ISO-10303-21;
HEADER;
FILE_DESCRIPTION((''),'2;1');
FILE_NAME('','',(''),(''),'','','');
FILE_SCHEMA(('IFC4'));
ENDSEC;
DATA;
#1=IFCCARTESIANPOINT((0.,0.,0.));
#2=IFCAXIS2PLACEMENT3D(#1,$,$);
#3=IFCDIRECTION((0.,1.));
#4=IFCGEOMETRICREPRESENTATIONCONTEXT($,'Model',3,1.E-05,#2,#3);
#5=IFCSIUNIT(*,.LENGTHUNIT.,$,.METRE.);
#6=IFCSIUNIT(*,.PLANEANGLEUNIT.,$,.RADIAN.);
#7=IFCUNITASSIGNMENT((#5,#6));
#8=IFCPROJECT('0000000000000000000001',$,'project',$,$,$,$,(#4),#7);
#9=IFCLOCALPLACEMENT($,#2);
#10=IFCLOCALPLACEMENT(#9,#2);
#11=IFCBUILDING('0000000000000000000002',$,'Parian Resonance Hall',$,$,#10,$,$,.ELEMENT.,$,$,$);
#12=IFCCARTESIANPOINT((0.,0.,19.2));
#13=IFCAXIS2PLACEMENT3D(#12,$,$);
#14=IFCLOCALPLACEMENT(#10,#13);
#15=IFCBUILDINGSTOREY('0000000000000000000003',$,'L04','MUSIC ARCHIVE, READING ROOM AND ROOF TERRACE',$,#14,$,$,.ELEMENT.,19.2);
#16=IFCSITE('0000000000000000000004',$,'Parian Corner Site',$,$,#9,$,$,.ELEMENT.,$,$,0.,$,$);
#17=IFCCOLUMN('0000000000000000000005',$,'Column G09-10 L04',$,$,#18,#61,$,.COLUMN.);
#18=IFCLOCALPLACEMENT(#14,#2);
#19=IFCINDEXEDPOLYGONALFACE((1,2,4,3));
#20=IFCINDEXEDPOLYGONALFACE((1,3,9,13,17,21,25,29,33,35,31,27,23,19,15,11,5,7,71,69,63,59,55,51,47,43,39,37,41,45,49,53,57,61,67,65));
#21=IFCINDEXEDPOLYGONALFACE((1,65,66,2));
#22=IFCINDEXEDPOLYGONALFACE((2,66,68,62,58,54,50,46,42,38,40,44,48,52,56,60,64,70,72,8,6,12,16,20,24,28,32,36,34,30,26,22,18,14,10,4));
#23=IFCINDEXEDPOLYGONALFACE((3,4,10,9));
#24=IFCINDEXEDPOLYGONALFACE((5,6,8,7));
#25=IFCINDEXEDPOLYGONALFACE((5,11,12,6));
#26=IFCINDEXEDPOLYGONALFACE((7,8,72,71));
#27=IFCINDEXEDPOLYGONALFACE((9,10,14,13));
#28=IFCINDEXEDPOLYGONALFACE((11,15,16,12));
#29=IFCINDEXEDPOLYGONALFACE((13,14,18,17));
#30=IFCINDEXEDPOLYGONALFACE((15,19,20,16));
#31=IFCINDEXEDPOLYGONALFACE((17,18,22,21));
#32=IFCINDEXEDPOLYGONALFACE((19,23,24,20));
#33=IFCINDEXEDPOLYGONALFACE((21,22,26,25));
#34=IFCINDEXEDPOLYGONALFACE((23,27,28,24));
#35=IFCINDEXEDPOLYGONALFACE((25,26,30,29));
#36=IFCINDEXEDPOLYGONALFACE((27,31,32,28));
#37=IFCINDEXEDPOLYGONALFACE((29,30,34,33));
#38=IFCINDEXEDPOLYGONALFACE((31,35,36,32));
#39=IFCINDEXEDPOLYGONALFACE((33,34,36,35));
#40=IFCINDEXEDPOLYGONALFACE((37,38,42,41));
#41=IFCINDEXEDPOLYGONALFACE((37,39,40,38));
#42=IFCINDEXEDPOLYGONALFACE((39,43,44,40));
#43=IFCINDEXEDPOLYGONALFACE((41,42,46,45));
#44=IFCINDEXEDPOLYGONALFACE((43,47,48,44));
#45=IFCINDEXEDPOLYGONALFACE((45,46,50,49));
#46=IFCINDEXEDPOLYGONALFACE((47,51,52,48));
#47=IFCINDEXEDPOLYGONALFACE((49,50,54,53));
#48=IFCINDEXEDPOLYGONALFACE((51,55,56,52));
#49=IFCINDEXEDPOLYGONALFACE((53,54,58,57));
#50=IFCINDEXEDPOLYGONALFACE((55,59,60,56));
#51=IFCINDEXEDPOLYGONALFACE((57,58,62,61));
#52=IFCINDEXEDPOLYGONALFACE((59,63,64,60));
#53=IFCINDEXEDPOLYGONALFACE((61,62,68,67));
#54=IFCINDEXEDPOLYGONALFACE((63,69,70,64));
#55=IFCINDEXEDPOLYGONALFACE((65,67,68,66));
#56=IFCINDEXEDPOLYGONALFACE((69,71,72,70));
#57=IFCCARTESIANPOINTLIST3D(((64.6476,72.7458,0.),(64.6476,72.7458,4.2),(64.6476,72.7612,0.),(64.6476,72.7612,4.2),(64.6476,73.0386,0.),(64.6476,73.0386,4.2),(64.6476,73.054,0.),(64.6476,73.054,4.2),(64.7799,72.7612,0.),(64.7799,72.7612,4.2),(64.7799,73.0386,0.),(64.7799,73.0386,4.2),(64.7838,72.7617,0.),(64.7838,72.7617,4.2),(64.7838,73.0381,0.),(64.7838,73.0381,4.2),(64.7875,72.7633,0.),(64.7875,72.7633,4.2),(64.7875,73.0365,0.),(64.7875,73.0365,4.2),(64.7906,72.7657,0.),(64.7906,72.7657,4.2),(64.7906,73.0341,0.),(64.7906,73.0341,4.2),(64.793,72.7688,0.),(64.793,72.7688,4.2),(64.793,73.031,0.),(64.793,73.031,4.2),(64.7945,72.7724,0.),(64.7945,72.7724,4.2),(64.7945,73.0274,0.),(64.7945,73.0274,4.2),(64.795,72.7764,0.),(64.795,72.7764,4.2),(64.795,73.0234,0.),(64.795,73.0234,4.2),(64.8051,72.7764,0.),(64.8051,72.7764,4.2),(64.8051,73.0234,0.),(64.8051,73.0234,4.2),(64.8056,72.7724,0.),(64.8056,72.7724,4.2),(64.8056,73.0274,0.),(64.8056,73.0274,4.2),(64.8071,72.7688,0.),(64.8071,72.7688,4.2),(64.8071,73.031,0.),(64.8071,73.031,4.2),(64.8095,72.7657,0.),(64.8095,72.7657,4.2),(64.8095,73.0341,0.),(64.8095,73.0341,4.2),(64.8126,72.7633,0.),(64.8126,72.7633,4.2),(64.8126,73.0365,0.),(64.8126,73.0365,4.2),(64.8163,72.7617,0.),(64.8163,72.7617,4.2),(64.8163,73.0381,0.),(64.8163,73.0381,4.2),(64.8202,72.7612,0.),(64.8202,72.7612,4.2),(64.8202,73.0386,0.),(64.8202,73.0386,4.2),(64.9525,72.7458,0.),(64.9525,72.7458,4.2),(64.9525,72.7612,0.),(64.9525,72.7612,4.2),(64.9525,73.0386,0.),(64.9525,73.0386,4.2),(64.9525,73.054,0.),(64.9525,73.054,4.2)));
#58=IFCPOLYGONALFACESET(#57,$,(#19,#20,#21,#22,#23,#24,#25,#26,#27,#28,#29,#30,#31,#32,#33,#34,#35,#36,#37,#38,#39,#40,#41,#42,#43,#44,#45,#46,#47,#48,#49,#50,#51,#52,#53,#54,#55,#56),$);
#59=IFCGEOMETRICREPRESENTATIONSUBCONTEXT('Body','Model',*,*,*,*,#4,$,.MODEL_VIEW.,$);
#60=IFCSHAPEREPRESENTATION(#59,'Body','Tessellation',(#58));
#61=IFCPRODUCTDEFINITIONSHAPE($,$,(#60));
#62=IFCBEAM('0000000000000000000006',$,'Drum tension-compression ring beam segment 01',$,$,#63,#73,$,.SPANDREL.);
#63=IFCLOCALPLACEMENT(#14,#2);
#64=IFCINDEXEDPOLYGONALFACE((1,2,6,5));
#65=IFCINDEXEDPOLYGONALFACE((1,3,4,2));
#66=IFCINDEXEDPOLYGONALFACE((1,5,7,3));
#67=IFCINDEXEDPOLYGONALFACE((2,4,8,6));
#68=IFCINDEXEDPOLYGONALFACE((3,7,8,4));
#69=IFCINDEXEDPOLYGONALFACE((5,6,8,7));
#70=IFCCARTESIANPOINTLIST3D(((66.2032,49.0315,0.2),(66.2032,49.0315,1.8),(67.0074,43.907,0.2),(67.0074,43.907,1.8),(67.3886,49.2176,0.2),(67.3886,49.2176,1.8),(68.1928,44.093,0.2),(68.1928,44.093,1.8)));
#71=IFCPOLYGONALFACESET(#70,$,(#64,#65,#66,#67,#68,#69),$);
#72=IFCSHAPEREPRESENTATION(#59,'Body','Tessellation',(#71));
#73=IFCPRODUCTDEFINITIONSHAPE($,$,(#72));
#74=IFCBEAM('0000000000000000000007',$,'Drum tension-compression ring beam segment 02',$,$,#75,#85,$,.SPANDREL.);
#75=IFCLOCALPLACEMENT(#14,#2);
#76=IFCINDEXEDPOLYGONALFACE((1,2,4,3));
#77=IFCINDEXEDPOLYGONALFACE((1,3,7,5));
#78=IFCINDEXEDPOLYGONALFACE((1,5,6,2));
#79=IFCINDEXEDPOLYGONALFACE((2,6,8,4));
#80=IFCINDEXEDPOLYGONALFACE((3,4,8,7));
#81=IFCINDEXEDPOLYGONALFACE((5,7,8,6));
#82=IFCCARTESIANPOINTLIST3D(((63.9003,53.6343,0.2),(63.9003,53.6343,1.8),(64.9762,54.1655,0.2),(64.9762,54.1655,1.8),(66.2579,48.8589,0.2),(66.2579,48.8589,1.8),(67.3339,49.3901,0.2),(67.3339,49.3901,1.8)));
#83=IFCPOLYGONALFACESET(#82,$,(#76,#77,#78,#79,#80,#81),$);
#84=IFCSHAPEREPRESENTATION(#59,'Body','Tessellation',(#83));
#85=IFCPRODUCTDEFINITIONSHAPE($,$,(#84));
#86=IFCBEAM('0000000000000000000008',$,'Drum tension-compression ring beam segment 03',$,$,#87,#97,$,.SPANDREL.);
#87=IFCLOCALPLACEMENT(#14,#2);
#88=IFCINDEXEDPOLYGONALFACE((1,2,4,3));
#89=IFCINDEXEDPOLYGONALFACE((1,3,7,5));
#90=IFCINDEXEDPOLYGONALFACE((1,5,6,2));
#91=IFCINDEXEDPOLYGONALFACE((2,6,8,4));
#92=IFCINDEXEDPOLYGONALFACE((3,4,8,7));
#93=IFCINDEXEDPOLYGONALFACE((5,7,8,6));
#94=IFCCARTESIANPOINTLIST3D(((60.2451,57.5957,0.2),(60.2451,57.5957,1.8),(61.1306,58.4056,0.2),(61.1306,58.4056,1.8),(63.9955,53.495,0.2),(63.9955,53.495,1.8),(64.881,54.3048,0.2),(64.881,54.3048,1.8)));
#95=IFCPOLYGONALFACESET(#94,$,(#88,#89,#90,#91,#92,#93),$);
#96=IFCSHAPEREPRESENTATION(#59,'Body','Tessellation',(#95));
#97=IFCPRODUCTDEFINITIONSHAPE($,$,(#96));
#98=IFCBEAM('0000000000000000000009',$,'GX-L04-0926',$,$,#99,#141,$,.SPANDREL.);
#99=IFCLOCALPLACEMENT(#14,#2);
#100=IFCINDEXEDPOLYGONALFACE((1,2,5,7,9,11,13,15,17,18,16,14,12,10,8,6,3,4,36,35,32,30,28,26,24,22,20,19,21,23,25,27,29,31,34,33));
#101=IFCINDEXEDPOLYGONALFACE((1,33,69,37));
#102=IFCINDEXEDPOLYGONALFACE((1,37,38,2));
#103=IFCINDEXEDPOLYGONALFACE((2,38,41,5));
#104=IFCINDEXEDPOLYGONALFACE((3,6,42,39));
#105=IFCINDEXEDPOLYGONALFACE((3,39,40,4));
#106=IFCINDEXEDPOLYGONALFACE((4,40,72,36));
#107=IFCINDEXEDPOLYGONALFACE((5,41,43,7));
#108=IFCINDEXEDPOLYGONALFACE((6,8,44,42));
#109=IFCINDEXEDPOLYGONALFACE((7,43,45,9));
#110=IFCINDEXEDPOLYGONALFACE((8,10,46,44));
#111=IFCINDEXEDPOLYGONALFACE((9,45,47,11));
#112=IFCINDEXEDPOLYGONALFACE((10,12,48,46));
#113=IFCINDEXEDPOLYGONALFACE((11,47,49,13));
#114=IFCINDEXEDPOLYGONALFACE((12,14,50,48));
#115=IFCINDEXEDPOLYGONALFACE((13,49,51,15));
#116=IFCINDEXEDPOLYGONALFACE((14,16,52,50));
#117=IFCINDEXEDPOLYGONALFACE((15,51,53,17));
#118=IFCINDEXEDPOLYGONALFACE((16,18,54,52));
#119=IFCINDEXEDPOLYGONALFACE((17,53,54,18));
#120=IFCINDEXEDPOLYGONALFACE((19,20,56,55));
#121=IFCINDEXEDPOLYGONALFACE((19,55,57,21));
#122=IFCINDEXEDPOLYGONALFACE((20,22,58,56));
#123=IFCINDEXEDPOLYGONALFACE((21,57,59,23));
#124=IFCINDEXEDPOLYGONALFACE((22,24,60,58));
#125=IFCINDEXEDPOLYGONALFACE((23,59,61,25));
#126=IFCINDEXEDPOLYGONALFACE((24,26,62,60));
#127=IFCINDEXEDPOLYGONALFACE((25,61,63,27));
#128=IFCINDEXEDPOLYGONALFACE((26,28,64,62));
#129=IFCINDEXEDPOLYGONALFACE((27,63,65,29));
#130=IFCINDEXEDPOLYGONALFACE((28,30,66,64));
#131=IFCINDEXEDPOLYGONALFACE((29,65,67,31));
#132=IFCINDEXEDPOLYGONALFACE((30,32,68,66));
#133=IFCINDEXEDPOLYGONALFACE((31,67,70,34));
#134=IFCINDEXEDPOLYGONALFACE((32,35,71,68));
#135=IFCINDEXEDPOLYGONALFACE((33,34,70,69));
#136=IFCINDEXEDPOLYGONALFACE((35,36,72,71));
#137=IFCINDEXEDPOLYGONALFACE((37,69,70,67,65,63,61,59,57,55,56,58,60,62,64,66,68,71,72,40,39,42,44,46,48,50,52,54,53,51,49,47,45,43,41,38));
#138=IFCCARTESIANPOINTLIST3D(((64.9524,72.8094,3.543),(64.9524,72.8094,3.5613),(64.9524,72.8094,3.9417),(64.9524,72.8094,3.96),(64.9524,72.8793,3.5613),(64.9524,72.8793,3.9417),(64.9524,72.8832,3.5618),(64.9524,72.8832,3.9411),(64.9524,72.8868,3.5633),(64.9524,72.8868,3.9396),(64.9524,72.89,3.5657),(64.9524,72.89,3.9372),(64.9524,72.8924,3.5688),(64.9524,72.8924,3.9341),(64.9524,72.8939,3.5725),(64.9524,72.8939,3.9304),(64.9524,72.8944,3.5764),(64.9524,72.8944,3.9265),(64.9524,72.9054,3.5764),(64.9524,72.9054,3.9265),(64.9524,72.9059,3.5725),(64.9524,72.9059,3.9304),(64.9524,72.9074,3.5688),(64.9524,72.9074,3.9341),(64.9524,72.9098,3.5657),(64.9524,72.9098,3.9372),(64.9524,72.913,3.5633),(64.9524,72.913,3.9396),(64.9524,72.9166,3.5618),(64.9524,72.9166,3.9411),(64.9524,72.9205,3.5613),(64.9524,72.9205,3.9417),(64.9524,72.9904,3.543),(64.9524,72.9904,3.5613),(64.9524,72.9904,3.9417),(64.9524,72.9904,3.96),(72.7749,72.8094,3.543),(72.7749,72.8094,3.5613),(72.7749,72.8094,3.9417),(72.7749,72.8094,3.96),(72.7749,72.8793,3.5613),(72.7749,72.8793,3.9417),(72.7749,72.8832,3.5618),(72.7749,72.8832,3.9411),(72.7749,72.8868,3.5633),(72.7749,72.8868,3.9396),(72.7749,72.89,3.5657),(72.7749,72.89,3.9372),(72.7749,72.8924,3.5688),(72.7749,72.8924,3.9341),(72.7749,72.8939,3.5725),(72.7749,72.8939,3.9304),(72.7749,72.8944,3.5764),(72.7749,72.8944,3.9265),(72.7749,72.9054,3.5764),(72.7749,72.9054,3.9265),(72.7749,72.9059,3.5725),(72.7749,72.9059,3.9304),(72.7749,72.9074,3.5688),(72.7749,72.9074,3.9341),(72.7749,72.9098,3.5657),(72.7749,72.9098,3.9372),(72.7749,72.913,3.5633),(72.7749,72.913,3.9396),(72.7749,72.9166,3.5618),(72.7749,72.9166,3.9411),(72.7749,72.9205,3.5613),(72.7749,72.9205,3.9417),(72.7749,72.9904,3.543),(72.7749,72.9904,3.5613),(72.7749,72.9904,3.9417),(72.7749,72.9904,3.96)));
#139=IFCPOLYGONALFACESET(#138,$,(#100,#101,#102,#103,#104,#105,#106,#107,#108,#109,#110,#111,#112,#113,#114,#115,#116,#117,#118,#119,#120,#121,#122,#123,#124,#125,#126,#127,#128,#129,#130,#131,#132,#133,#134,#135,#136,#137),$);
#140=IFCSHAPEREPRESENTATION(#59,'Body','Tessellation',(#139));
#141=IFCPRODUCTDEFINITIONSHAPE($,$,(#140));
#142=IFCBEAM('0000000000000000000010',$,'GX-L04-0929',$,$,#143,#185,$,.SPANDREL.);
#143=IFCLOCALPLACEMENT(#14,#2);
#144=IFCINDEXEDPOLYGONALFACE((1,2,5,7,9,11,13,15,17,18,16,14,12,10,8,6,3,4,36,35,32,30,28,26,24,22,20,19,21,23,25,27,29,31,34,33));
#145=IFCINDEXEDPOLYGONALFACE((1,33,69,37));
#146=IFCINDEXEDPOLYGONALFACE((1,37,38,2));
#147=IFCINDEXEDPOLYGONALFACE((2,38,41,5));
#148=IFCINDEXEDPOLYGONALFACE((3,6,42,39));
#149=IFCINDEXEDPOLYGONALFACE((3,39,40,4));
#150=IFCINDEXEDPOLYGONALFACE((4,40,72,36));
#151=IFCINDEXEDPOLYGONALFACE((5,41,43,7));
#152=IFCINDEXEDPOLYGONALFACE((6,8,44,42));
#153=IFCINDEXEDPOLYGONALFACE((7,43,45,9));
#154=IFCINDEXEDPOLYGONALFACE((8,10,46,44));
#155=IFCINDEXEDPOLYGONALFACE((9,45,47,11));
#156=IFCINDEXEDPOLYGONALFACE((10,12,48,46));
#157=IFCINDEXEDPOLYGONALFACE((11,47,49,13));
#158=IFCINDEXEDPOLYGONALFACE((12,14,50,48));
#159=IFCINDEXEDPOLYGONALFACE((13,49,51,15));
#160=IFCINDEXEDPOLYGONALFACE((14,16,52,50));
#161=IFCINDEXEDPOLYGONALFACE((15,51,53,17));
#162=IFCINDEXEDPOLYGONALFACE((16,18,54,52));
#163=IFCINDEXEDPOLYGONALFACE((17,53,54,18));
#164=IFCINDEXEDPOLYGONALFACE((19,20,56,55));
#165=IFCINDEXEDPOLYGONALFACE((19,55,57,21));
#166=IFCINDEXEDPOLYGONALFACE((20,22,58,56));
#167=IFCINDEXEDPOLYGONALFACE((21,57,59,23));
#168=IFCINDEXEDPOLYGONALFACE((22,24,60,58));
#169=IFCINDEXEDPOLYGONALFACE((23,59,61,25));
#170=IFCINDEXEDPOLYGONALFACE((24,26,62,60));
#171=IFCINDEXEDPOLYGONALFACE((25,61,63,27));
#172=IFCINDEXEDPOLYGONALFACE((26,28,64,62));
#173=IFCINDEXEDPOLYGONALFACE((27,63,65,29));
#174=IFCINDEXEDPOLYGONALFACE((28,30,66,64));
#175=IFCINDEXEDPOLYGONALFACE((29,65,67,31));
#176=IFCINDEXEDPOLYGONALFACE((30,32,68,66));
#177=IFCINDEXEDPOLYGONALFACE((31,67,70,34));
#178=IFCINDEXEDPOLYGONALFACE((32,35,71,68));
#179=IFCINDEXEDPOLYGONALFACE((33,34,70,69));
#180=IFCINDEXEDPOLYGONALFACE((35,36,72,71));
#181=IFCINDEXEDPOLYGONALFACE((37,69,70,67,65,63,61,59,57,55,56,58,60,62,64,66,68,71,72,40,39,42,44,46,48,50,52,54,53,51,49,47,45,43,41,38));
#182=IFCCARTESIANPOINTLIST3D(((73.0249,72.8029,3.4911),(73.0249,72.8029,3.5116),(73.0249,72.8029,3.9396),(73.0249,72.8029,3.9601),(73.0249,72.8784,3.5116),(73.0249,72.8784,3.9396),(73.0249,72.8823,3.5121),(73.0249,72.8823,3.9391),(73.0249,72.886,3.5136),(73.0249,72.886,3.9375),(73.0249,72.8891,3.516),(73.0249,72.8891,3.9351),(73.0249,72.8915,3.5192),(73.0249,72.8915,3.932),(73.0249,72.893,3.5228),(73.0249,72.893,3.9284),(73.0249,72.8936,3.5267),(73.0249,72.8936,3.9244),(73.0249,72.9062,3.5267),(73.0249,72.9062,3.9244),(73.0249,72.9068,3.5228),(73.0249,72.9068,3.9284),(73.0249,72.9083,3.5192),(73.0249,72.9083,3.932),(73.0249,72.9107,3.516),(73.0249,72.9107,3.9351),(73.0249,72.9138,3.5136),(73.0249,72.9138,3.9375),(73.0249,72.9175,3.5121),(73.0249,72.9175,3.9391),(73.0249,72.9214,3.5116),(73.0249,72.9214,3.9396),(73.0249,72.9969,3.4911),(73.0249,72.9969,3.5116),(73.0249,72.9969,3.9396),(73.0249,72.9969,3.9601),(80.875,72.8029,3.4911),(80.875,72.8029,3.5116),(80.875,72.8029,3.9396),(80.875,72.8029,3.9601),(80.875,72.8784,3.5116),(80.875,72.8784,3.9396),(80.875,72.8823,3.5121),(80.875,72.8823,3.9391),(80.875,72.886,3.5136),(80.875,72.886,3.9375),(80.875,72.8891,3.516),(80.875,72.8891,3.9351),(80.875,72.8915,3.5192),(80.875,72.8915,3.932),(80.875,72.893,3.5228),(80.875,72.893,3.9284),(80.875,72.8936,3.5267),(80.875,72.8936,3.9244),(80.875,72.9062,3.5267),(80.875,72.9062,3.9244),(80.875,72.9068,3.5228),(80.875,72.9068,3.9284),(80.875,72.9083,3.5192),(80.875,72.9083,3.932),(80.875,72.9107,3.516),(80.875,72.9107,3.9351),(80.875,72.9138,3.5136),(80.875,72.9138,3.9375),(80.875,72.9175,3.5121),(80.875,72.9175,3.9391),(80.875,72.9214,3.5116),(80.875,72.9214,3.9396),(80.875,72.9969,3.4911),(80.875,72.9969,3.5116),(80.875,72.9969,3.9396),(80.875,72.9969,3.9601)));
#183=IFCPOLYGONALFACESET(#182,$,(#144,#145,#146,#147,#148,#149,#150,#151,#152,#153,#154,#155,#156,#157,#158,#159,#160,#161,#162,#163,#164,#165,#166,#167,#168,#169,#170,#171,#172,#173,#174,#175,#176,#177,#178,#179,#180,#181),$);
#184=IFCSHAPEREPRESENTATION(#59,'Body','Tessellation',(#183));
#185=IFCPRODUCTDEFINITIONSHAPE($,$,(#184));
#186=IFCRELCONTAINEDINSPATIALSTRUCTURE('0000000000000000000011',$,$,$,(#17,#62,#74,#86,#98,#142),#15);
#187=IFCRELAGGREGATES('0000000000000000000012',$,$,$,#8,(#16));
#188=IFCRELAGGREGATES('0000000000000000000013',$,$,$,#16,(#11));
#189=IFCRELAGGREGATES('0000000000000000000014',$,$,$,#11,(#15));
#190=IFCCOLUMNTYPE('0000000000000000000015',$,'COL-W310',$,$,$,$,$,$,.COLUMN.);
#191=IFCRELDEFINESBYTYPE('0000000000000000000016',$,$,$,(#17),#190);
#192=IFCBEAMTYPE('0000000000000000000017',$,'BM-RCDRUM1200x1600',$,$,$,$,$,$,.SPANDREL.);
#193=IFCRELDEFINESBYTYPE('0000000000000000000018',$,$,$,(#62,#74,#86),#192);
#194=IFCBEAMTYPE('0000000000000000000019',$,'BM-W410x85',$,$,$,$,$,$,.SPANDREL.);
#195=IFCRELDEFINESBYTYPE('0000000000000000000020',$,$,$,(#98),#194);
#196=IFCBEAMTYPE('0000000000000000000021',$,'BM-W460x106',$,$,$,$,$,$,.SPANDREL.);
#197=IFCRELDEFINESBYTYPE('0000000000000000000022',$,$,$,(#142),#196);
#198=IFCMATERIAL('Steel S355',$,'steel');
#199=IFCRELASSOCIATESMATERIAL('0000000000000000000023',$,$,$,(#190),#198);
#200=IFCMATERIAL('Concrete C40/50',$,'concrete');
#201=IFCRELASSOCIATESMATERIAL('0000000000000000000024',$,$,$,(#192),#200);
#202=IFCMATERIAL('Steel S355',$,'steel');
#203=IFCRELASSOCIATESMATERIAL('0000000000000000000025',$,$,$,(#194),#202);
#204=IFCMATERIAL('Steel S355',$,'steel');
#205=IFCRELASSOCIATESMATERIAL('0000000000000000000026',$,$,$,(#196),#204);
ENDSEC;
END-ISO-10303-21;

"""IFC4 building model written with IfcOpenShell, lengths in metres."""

from ifc_helpers import new_model, si_unit, direction, frame, origin, origin_2d, place, context, subcontext, project, spatial, rectangle, i_section, extrude, material, material_profile, profile_set, type_object, element, save


model = new_model("IFC4")

# Units and contexts
model_context = context("Model", 3, precision=1e-05, world=origin(), true_north=direction((0.0, 1.0)))
body_context = subcontext(model_context, "Body", "Model", "MODEL_VIEW")
ifc_project = project(units=[si_unit("LENGTHUNIT", "METRE"), si_unit("PLANEANGLEUNIT", "RADIAN")], contexts=[model_context])

# Site, building, storey
site_placement = place(None, origin())
site = spatial("IfcSite", under=ifc_project, at=site_placement, Name="Parian Corner Site", CompositionType="ELEMENT", RefElevation=0.0)
building_placement = place(site_placement, origin())
building = spatial("IfcBuilding", under=site, at=building_placement, Name="Parian Resonance Hall", CompositionType="ELEMENT")
storey_placement = place(building_placement, frame((0.0, 0.0, 19.2)))
storey = spatial("IfcBuildingStorey", under=building, at=storey_placement, Name="L04", Description="MUSIC ARCHIVE, READING ROOM AND ROOF TERRACE", CompositionType="ELEMENT", Elevation=19.2)

# Column
ifc_material_1 = material(Name="Steel S355", Category="steel")
ifc_material_profile_1 = material_profile(ifc_material_1, i_section(OverallWidth=0.3049, OverallDepth=0.3081, WebThickness=0.01, FlangeThickness=0.0154, FilletRadius=0.0151, at=origin_2d()), Name="W310x97")
ifc_profile_set_1 = profile_set([ifc_material_profile_1], Name="Steel S355")
column_type_1 = type_object("IfcColumnType", Name="COL-W310", PredefinedType="COLUMN", material=ifc_profile_set_1)
column_1_placement = place(storey_placement, frame((64.8, 72.8999, 0.0), z_axis=(0.0, 0.0, 1.0), x_axis=(1.0, 0.0, 0.0)))
element("IfcColumn", 1, at=column_1_placement, inside=storey, type_object=column_type_1, Name="Column G09-10 L04", PredefinedType="COLUMN", context=body_context, shape_type="SweptSolid", body=[
    extrude(i_section(OverallWidth=0.3049, OverallDepth=0.3081, WebThickness=0.01, FlangeThickness=0.0154, FilletRadius=0.0151, at=origin_2d()), origin(), (0.0, 0.0, 1.0), 4.2),
])

# Beams
ifc_material_2 = material(Name="Concrete C40/50", Category="concrete")
ifc_material_profile_2 = material_profile(ifc_material_2, rectangle(XDim=1.2, YDim=1.6001, at=origin_2d()), Name="RC-DRUM-1200x1600")
ifc_profile_set_2 = profile_set([ifc_material_profile_2], Name="Concrete C40/50")
beam_type_1 = type_object("IfcBeamType", Name="BM-RCDRUM1200x1600", PredefinedType="SPANDREL", material=ifc_profile_set_2)
beam_1_placement = place(storey_placement, frame((67.6001, 44.0, 1.0), z_axis=(-0.155034, 0.987909, 0.0), x_axis=(-0.987909, -0.155034, 0.0)))
element("IfcBeam", 2, at=beam_1_placement, inside=storey, type_object=beam_type_1, Name="Drum tension-compression ring beam segment 01", PredefinedType="SPANDREL", context=body_context, shape_type="SweptSolid", body=[
    extrude(rectangle(XDim=1.2, YDim=1.6001, at=origin_2d()), origin(), (0.0, 0.0, 1.0), 5.1873),
])
beam_2_placement = place(storey_placement, frame((66.7959, 49.1245, 1.0), z_axis=(-0.442697, 0.896671, 0.0), x_axis=(-0.896671, -0.442697, 0.0)))
element("IfcBeam", 3, at=beam_2_placement, inside=storey, type_object=beam_type_1, Name="Drum tension-compression ring beam segment 02", PredefinedType="SPANDREL", context=body_context, shape_type="SweptSolid", body=[
    extrude(rectangle(XDim=1.2, YDim=1.6001, at=origin_2d()), origin(), (0.0, 0.0, 1.0), 5.3257),
])
beam_3_placement = place(storey_placement, frame((64.4382, 53.8999, 1.0), z_axis=(-0.674883, 0.737925, 0.0), x_axis=(-0.737925, -0.674883, 0.0)))
element("IfcBeam", 4, at=beam_3_placement, inside=storey, type_object=beam_type_1, Name="Drum tension-compression ring beam segment 03", PredefinedType="SPANDREL", context=body_context, shape_type="SweptSolid", body=[
    extrude(rectangle(XDim=1.2, YDim=1.6001, at=origin_2d()), origin(), (0.0, 0.0, 1.0), 5.5571),
])
ifc_material_3 = material(Name="Steel S355", Category="steel")
ifc_material_profile_3 = material_profile(ifc_material_3, i_section(OverallWidth=0.1809, OverallDepth=0.417, WebThickness=0.011, FlangeThickness=0.0183, FilletRadius=0.0151, at=origin_2d()), Name="W410x85")
ifc_profile_set_3 = profile_set([ifc_material_profile_3], Name="Steel S355")
beam_type_2 = type_object("IfcBeamType", Name="BM-W410x85", PredefinedType="SPANDREL", material=ifc_profile_set_3)
beam_4_placement = place(storey_placement, frame((64.9524, 72.8999, 3.7515), z_axis=(1.0, 0.0, 0.0), x_axis=(0.0, 1.0, 0.0)))
element("IfcBeam", 5, at=beam_4_placement, inside=storey, type_object=beam_type_2, Name="GX-L04-0926", PredefinedType="SPANDREL", context=body_context, shape_type="SweptSolid", body=[
    extrude(i_section(OverallWidth=0.1809, OverallDepth=0.417, WebThickness=0.011, FlangeThickness=0.0183, FilletRadius=0.0151, at=origin_2d()), origin(), (0.0, 0.0, 1.0), 7.8225),
])
ifc_material_4 = material(Name="Steel S355", Category="steel")
ifc_material_profile_4 = material_profile(ifc_material_4, i_section(OverallWidth=0.1941, OverallDepth=0.469, WebThickness=0.0127, FlangeThickness=0.0205, FilletRadius=0.0151, at=origin_2d()), Name="W460x106")
ifc_profile_set_4 = profile_set([ifc_material_profile_4], Name="Steel S355")
beam_type_3 = type_object("IfcBeamType", Name="BM-W460x106", PredefinedType="SPANDREL", material=ifc_profile_set_4)
beam_5_placement = place(storey_placement, frame((73.0249, 72.8999, 3.7256), z_axis=(1.0, 0.0, 0.0), x_axis=(0.0, 1.0, 0.0)))
element("IfcBeam", 6, at=beam_5_placement, inside=storey, type_object=beam_type_3, Name="GX-L04-0929", PredefinedType="SPANDREL", context=body_context, shape_type="SweptSolid", body=[
    extrude(i_section(OverallWidth=0.1941, OverallDepth=0.469, WebThickness=0.0127, FlangeThickness=0.0205, FilletRadius=0.0151, at=origin_2d()), origin(), (0.0, 0.0, 1.0), 7.8501),
])

save(model, "model.ifc")
